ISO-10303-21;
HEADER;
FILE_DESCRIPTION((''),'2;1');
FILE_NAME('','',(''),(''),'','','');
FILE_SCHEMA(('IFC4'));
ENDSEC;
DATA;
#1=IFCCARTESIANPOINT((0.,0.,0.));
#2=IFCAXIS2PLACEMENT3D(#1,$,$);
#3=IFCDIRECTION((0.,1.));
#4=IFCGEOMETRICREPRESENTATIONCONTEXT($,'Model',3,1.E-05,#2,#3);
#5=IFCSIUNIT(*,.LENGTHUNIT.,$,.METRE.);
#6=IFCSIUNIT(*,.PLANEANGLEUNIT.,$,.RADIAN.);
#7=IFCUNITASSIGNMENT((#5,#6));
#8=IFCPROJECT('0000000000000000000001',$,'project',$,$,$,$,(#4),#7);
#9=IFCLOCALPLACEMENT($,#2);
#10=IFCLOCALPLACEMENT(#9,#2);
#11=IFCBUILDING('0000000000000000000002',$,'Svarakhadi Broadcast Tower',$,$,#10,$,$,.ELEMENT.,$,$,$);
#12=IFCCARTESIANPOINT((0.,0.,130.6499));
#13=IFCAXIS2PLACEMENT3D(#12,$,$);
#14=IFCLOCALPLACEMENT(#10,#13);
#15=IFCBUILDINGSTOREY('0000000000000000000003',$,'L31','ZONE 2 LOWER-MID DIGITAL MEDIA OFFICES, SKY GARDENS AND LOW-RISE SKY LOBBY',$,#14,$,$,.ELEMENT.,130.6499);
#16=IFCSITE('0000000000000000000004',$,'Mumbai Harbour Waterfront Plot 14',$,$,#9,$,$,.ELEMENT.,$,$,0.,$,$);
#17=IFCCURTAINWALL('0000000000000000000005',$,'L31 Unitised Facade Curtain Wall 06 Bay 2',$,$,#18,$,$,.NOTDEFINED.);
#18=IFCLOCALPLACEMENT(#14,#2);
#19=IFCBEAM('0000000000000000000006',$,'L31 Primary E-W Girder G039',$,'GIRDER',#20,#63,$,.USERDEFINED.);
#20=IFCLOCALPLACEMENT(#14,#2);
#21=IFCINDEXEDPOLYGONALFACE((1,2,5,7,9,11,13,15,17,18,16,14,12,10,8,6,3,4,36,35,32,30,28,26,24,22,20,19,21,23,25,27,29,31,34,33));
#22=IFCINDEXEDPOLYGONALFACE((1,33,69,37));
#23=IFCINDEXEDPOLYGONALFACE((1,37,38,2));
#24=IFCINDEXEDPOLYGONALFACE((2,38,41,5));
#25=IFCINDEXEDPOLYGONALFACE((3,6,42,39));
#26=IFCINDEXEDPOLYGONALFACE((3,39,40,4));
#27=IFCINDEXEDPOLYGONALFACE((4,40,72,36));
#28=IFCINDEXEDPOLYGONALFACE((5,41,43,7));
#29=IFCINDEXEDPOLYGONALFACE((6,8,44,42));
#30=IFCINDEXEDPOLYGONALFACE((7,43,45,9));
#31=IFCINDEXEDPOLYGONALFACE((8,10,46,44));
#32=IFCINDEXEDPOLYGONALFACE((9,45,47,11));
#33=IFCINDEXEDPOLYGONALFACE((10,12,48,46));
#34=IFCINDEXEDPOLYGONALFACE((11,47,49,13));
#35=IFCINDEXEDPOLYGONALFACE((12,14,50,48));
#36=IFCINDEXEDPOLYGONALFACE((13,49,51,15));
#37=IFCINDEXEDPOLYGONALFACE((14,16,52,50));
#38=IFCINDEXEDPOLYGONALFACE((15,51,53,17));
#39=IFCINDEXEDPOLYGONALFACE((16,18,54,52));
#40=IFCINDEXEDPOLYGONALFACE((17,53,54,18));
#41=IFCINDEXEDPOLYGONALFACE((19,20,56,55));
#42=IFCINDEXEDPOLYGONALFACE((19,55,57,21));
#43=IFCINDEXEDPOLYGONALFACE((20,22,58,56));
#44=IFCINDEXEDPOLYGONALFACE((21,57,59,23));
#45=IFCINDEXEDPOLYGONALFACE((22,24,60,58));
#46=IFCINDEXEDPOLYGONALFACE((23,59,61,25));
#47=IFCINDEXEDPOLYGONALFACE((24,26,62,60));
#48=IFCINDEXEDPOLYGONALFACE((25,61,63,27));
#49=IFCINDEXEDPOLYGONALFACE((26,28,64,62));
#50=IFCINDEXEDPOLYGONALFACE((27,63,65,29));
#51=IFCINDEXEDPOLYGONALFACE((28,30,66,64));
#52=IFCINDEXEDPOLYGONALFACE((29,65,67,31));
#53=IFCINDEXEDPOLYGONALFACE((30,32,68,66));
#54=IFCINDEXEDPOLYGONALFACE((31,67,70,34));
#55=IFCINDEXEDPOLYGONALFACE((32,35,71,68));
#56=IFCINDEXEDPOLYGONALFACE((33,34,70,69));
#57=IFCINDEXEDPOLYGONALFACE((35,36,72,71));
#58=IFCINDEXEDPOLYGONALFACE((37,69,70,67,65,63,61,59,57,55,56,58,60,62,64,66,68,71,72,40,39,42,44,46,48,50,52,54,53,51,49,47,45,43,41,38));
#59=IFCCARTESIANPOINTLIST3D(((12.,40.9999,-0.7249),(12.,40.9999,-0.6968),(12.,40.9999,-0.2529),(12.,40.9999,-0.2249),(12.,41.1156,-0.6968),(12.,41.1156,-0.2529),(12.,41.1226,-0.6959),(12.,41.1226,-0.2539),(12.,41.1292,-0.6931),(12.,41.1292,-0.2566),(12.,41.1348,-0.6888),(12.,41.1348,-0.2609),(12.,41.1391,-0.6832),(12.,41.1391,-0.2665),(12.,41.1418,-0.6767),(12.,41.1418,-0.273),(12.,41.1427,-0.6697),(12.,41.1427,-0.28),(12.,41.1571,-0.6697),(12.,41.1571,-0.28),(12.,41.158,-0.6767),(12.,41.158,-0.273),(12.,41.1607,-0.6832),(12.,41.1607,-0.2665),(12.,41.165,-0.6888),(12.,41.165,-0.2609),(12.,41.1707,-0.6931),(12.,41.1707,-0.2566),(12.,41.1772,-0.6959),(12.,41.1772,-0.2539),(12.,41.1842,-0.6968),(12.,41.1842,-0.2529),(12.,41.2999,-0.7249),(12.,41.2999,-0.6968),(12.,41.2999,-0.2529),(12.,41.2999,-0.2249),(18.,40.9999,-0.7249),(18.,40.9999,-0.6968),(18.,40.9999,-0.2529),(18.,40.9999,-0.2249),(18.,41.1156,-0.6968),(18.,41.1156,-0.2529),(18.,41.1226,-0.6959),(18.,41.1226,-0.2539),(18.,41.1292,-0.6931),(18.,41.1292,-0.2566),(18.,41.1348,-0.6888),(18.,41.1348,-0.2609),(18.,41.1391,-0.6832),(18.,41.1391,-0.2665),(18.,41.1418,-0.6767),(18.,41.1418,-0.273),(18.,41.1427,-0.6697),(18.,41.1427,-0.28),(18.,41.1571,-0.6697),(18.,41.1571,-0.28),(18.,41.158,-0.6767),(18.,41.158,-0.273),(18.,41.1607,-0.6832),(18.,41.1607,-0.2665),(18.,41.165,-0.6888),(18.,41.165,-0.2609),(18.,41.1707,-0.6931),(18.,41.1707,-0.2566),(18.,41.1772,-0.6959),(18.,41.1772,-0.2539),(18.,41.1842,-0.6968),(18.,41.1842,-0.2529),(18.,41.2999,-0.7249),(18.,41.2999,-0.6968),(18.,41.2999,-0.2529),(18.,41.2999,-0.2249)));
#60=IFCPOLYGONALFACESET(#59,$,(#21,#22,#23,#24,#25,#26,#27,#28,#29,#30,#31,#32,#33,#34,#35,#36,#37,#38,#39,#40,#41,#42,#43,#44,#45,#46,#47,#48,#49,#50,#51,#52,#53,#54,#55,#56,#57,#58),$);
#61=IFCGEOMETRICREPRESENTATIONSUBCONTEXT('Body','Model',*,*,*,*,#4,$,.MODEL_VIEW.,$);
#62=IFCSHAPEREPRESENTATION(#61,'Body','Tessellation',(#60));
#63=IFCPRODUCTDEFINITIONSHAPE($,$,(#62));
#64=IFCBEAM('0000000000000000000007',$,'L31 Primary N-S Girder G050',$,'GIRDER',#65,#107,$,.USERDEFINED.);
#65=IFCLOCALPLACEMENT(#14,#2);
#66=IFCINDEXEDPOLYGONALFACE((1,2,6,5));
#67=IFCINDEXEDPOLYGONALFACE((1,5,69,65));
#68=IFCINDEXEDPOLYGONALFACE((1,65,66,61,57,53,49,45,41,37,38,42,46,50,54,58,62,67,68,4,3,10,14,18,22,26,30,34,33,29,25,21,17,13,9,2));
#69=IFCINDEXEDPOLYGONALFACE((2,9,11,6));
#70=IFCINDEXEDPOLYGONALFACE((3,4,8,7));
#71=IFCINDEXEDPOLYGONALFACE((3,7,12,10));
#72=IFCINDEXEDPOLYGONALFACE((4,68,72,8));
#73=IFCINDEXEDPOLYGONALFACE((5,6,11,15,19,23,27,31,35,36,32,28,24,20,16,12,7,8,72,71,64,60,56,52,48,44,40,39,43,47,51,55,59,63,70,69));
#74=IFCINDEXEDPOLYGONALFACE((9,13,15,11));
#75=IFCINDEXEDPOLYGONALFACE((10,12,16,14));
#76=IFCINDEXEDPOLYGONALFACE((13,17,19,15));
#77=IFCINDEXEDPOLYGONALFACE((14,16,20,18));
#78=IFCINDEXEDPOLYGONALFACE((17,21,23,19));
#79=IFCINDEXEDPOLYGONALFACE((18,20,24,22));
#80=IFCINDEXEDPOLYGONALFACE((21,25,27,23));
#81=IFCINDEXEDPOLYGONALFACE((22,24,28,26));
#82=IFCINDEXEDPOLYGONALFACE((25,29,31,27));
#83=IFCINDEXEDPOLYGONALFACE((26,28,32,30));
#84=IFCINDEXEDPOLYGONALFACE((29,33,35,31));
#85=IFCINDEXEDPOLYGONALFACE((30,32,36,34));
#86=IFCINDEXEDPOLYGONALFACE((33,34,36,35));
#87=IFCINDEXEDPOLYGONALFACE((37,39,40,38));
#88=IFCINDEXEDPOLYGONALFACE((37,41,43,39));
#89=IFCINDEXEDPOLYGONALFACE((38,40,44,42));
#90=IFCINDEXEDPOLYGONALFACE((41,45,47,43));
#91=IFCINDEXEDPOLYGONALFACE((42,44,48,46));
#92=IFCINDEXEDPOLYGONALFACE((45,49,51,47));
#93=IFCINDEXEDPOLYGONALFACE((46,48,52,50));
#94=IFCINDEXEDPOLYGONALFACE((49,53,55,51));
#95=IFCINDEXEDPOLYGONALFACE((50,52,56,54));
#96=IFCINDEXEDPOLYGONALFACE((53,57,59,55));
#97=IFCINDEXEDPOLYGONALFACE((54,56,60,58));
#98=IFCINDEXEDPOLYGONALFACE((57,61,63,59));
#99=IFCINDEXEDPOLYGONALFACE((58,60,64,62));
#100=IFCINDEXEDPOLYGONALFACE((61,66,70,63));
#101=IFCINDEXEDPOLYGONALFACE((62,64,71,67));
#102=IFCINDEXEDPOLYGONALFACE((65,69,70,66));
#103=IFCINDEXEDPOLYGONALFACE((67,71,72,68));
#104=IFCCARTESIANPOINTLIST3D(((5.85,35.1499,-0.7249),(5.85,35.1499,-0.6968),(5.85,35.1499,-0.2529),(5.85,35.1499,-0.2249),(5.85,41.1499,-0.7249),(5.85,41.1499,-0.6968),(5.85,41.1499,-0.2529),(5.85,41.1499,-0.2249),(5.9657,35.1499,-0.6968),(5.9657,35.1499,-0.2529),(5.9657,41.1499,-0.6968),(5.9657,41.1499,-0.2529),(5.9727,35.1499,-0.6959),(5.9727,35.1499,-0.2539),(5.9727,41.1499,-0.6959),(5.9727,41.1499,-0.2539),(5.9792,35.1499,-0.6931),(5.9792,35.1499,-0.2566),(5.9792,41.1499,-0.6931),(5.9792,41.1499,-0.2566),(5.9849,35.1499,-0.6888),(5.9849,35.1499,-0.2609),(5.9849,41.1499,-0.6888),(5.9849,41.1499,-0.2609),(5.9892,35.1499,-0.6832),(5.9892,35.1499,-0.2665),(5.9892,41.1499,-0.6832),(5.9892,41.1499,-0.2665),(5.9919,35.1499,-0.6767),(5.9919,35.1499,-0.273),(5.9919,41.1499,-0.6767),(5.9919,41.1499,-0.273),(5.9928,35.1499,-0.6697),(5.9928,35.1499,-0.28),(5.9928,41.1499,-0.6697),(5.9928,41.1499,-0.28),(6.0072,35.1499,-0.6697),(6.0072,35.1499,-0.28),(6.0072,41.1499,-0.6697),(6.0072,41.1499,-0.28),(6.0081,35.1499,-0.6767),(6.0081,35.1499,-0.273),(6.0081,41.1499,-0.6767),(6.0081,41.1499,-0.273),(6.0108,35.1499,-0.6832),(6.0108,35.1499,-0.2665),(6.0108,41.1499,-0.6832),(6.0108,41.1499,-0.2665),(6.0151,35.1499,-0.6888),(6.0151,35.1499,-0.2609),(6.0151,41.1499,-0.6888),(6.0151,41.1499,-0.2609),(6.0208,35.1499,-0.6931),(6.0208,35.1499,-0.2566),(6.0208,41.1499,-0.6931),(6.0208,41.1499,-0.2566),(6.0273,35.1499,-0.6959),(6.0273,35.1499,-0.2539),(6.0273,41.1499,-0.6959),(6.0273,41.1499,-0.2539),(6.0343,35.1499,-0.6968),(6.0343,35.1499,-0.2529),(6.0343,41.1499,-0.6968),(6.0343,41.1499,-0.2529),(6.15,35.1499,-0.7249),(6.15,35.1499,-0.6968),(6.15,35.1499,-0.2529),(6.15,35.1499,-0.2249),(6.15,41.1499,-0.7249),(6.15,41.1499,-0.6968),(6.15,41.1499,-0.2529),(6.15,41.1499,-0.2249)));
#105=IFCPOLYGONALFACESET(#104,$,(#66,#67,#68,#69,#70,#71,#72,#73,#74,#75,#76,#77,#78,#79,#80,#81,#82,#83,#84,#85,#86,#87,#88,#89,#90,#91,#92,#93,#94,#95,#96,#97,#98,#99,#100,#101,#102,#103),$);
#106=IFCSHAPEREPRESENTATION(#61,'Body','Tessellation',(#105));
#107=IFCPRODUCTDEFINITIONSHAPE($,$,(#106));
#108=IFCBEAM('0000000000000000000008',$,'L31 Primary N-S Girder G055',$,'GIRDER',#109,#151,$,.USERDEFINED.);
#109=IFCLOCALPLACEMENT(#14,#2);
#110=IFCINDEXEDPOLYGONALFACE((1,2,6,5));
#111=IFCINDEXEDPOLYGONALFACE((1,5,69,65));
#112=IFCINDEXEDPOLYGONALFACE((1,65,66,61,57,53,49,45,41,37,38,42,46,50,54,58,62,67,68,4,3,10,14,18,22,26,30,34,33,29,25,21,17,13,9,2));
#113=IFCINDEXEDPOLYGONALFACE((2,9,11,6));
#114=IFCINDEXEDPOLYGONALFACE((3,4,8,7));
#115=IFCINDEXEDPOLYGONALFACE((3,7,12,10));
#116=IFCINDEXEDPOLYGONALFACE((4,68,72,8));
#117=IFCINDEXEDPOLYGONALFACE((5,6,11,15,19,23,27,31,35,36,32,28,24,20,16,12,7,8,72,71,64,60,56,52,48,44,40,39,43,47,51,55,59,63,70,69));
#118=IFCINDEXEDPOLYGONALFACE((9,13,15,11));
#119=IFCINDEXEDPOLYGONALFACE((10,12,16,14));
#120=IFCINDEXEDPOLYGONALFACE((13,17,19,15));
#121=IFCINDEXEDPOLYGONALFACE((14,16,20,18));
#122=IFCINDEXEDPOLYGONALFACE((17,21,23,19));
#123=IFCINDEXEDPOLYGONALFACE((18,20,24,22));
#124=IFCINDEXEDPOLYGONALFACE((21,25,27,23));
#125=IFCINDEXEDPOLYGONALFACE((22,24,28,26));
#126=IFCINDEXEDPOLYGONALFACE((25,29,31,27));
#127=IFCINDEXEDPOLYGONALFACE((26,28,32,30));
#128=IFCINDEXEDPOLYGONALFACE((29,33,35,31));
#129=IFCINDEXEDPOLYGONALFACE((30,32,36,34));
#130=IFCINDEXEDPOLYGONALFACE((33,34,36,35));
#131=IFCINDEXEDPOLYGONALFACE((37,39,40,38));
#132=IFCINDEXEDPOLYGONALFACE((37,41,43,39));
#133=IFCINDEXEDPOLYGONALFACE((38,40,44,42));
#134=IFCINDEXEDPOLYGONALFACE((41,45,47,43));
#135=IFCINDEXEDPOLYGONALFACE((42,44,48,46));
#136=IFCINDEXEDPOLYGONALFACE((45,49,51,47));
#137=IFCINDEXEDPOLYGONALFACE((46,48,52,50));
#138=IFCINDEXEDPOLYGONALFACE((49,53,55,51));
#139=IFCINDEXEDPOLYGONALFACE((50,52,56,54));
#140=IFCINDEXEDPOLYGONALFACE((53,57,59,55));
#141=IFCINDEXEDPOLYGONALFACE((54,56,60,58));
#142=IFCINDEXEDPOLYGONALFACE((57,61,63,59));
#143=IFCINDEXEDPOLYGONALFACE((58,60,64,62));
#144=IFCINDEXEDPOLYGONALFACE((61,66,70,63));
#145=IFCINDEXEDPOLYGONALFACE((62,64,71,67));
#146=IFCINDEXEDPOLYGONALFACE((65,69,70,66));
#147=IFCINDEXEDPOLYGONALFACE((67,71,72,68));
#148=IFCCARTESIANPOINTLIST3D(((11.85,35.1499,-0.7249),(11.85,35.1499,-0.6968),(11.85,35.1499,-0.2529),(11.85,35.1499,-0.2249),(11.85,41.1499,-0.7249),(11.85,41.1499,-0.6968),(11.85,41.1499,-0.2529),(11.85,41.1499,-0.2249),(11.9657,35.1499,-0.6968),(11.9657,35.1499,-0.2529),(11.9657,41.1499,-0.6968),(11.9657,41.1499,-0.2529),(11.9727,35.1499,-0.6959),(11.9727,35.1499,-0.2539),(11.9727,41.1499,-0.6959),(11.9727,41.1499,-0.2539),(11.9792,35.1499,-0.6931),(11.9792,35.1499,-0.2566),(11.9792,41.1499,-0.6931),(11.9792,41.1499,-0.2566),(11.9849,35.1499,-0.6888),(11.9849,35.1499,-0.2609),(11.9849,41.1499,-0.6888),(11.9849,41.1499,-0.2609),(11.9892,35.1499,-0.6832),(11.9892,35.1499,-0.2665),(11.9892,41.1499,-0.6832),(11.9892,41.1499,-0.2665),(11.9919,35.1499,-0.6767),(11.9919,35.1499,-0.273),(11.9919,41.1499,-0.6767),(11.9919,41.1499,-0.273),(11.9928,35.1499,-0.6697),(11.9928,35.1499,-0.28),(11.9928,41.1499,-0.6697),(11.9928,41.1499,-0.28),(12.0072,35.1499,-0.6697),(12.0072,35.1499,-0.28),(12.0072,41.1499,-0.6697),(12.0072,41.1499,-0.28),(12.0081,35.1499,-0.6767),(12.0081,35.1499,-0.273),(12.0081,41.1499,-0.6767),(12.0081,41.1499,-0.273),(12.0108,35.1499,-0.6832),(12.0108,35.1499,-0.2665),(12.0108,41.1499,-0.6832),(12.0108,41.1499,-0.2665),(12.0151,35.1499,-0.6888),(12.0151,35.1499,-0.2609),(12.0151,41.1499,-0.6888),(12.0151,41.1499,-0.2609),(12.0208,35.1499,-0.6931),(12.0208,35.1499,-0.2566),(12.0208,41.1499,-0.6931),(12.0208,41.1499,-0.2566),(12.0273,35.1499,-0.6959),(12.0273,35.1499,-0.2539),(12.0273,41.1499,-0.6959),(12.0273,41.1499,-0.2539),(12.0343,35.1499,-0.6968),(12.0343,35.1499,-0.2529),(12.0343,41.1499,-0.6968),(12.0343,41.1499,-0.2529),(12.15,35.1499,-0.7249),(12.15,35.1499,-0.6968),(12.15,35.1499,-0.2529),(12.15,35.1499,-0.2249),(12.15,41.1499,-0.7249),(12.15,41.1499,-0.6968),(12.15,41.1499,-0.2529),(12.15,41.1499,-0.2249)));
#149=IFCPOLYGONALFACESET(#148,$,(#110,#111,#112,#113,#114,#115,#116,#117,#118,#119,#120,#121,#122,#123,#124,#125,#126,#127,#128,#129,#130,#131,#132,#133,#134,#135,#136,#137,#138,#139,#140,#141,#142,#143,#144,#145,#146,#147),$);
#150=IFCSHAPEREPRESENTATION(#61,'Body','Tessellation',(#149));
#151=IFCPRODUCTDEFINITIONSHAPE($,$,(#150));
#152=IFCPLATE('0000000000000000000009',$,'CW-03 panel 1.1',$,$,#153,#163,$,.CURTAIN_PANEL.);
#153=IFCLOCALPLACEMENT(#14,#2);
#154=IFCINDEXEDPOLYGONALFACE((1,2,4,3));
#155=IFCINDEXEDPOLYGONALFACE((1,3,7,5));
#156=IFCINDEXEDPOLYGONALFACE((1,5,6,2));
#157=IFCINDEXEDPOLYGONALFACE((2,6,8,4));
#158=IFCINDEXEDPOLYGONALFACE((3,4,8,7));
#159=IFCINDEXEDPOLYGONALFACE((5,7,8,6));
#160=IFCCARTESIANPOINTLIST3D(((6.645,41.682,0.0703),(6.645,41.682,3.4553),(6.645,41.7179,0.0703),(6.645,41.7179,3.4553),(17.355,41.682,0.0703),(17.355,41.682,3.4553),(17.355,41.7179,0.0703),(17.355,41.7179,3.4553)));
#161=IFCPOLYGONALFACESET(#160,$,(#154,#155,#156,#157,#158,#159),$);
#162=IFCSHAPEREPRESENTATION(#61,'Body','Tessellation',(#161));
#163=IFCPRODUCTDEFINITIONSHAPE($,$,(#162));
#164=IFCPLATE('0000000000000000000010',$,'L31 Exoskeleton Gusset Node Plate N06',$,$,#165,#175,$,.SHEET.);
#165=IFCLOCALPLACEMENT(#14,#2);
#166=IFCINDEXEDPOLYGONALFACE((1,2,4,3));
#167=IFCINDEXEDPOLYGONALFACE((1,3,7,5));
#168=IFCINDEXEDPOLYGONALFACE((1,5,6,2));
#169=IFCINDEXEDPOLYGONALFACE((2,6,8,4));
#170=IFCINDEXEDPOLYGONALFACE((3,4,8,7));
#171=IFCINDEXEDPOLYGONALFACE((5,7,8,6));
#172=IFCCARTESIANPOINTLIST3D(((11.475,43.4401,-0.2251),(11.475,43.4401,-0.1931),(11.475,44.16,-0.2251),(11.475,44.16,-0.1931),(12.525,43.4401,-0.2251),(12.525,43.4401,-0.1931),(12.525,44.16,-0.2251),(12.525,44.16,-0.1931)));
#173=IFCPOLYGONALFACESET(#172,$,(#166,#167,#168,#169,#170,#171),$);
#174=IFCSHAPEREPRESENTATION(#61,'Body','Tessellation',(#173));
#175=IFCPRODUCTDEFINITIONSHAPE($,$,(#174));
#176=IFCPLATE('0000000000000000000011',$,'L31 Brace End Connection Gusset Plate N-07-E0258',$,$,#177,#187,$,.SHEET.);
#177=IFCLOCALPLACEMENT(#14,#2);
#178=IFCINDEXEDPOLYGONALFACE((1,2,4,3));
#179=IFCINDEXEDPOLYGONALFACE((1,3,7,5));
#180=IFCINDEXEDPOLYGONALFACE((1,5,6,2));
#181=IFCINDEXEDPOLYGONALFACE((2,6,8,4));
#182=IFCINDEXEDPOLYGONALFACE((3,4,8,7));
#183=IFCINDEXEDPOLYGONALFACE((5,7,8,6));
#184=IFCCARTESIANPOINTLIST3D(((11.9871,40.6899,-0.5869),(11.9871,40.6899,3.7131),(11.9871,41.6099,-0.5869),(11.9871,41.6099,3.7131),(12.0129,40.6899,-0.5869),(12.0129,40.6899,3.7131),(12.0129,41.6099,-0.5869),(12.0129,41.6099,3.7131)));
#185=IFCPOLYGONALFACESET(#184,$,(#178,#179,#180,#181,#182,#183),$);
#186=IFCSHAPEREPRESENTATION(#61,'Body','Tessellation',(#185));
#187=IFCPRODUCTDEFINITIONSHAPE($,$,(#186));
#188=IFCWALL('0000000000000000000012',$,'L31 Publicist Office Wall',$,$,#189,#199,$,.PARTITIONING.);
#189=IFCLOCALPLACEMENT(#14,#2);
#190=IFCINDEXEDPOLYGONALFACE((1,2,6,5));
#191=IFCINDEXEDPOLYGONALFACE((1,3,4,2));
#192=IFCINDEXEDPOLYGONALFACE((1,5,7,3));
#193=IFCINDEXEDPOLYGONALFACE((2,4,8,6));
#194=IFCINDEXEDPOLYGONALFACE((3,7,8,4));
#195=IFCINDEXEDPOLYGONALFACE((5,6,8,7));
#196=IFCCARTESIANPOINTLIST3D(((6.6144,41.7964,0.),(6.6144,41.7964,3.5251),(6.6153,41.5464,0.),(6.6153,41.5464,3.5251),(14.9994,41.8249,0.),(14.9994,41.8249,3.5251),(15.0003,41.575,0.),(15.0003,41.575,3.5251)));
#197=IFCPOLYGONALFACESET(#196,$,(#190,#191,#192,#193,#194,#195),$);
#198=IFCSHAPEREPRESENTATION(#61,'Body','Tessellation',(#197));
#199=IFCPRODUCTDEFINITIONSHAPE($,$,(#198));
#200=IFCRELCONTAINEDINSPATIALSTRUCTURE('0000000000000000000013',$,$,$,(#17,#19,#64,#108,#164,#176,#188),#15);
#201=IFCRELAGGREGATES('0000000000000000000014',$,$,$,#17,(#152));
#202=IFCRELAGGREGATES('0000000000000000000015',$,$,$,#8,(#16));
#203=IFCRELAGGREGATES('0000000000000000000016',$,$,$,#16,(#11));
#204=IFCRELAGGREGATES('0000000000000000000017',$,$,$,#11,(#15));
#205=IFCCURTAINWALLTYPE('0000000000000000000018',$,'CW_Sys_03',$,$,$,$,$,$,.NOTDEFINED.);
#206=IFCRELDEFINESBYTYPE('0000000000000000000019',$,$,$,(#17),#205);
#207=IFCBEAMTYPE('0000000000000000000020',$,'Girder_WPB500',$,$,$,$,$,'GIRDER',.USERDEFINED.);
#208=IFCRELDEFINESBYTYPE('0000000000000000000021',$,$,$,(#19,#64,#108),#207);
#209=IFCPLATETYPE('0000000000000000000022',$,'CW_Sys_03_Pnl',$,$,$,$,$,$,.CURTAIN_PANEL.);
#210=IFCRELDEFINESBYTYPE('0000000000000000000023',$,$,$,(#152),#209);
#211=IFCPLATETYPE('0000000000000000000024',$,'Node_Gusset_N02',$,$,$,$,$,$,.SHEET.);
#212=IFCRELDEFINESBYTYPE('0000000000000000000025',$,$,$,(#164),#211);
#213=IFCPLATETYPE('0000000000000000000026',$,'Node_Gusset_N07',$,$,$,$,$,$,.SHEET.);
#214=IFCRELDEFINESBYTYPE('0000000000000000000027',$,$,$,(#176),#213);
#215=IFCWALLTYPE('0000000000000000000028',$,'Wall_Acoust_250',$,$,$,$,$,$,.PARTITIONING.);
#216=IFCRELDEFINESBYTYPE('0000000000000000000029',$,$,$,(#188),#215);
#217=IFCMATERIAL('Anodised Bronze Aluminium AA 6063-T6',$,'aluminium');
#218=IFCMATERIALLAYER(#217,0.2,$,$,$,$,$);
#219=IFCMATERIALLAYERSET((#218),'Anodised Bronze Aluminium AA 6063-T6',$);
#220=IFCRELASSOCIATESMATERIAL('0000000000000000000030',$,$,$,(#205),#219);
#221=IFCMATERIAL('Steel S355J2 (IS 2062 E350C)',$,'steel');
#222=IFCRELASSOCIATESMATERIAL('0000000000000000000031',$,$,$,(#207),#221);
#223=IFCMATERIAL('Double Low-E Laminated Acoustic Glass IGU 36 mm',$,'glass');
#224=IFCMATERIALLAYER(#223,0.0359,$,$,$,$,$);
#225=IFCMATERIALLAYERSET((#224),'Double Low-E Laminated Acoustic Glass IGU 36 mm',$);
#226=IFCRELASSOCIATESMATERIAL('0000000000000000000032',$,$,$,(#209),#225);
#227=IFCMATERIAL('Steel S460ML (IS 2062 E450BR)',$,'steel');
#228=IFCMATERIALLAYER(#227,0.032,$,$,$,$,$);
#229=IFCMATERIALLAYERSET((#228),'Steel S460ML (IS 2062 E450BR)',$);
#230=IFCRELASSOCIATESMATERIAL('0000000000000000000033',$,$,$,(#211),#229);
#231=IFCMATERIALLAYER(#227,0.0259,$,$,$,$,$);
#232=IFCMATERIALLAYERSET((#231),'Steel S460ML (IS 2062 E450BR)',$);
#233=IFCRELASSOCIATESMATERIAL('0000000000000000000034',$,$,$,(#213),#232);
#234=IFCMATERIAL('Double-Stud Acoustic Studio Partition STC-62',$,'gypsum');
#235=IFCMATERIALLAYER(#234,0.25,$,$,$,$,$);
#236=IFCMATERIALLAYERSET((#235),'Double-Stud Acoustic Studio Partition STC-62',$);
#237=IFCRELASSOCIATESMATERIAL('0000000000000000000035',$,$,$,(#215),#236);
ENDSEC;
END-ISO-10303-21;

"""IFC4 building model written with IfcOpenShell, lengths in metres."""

from ifc_helpers import new_model, si_unit, direction, frame, frame_2d, origin, origin_2d, place, context, subcontext, project, spatial, rectangle, i_section, extrude, material, layer, layer_set, material_profile, profile_set, type_object, element, aggregate, save


model = new_model("IFC4")

# Units and contexts
model_context = context("Model", 3, precision=1e-05, world=origin(), true_north=direction((0.0, 1.0)))
body_context = subcontext(model_context, "Body", "Model", "MODEL_VIEW")
ifc_project = project(units=[si_unit("LENGTHUNIT", "METRE"), si_unit("PLANEANGLEUNIT", "RADIAN")], contexts=[model_context])

# Site, building, storey
site_placement = place(None, origin())
site = spatial("IfcSite", under=ifc_project, at=site_placement, Name="Mumbai Harbour Waterfront Plot 14", CompositionType="ELEMENT", RefElevation=0.0)
building_placement = place(site_placement, origin())
building = spatial("IfcBuilding", under=site, at=building_placement, Name="Svarakhadi Broadcast Tower", CompositionType="ELEMENT")
storey_placement = place(building_placement, frame((0.0, 0.0, 130.6499)))
storey = spatial("IfcBuildingStorey", under=building, at=storey_placement, Name="L31", Description="ZONE 2 LOWER-MID DIGITAL MEDIA OFFICES, SKY GARDENS AND LOW-RISE SKY LOBBY", CompositionType="ELEMENT", Elevation=130.6499)

# Shared definitions
ifc_material_1 = material(Name="Steel S460ML (IS 2062 E450BR)", Category="steel")

# Shared definitions
ifc_material_2 = material(Name="Steel S355J2 (IS 2062 E350C)", Category="steel")

# Shared definitions
ifc_material_3 = material(Name="Anodised Bronze Aluminium AA 6063-T6", Category="aluminium")
ifc_layer_1 = layer(ifc_material_3, 0.2)
ifc_layer_set_1 = layer_set([ifc_layer_1], Name="Anodised Bronze Aluminium AA 6063-T6")
curtain_wall_type = type_object("IfcCurtainWallType", Name="CW_Sys_03", PredefinedType="NOTDEFINED", material=ifc_layer_set_1)

# Curtain wall
curtain_wall_1_placement = place(storey_placement, origin())
curtain_wall_1 = element("IfcCurtainWall", 1, at=curtain_wall_1_placement, inside=storey, type_object=curtain_wall_type, Name="L31 Unitised Facade Curtain Wall 06 Bay 2", PredefinedType="NOTDEFINED")

# Beams
ifc_material_profile_1 = material_profile(ifc_material_2, i_section(OverallWidth=0.3, OverallDepth=0.5, WebThickness=0.0144, FlangeThickness=0.0281, FilletRadius=0.0271, at=origin_2d()), Name="WPB 500x300x187")
ifc_profile_set_1 = profile_set([ifc_material_profile_1], Name="Steel S355J2 (IS 2062 E350C)")
beam_type_1 = type_object("IfcBeamType", Name="Girder_WPB500", ElementType="GIRDER", PredefinedType="USERDEFINED", material=ifc_profile_set_1)
for number, where, z_axis, x_axis, name in (
    (2, (12.0, 41.1499, -0.4749), (1.0, 0.0, 0.0), (0.0, 1.0, 0.0), "L31 Primary E-W Girder G039"),
    (3, (6.0, 35.1499, -0.4749), (0.0, 1.0, 0.0), (-1.0, 0.0, 0.0), "L31 Primary N-S Girder G050"),
    (4, (12.0, 35.1499, -0.4749), (0.0, 1.0, 0.0), (-1.0, 0.0, 0.0), "L31 Primary N-S Girder G055"),
):
    element("IfcBeam", number, at=place(storey_placement, frame(where, z_axis=z_axis, x_axis=x_axis)), inside=storey, type_object=beam_type_1, Name=name, ObjectType="GIRDER", PredefinedType="USERDEFINED", context=body_context, shape_type="SweptSolid", body=[
        extrude(i_section(OverallWidth=0.3, OverallDepth=0.5, WebThickness=0.0144, FlangeThickness=0.0281, FilletRadius=0.0271, at=origin_2d()), origin(), (0.0, 0.0, 1.0), 6.0),
    ])

# Plate
ifc_material_4 = material(Name="Double Low-E Laminated Acoustic Glass IGU 36 mm", Category="glass")
ifc_layer_2 = layer(ifc_material_4, 0.0359)
ifc_layer_set_2 = layer_set([ifc_layer_2], Name="Double Low-E Laminated Acoustic Glass IGU 36 mm")
plate_type_1 = type_object("IfcPlateType", Name="CW_Sys_03_Pnl", PredefinedType="CURTAIN_PANEL", material=ifc_layer_set_2)
plate_1_placement = place(storey_placement, frame((12.0, 41.7, 0.0703), z_axis=(0.0, 0.0, 1.0), x_axis=(1.0, 0.0, 0.0)))
plate_1 = element("IfcPlate", 5, at=plate_1_placement, type_object=plate_type_1, Name="CW-03 panel 1.1", PredefinedType="CURTAIN_PANEL", context=body_context, shape_type="SweptSolid", body=[
    extrude(rectangle(XDim=10.71, YDim=0.0359, at=origin_2d()), origin(), (0.0, 0.0, 1.0), 3.385),
])
aggregate(curtain_wall_1, [plate_1])

# Plates
ifc_layer_3 = layer(ifc_material_1, 0.032)
ifc_layer_set_3 = layer_set([ifc_layer_3], Name="Steel S460ML (IS 2062 E450BR)")
plate_type_2 = type_object("IfcPlateType", Name="Node_Gusset_N02", PredefinedType="SHEET", material=ifc_layer_set_3)
plate_2_placement = place(storey_placement, frame((12.0, 43.8, -0.2251), z_axis=(0.0, 0.0, 1.0), x_axis=(1.0, 0.0, 0.0)))
element("IfcPlate", 6, at=plate_2_placement, inside=storey, type_object=plate_type_2, Name="L31 Exoskeleton Gusset Node Plate N06", PredefinedType="SHEET", context=body_context, shape_type="SweptSolid", body=[
    extrude(rectangle(XDim=1.05, YDim=0.72, at=origin_2d()), origin(), (0.0, 0.0, 1.0), 0.032),
])
ifc_layer_4 = layer(ifc_material_1, 0.0259)
ifc_layer_set_4 = layer_set([ifc_layer_4], Name="Steel S460ML (IS 2062 E450BR)")
plate_type_3 = type_object("IfcPlateType", Name="Node_Gusset_N07", PredefinedType="SHEET", material=ifc_layer_set_4)
plate_3_placement = place(storey_placement, frame((12.0, 41.1499, -0.5869), z_axis=(0.0, 0.0, 1.0), x_axis=(0.0, 1.0, 0.0)))
element("IfcPlate", 7, at=plate_3_placement, inside=storey, type_object=plate_type_3, Name="L31 Brace End Connection Gusset Plate N-07-E0258", PredefinedType="SHEET", context=body_context, shape_type="SweptSolid", body=[
    extrude(rectangle(XDim=0.9199, YDim=0.0259, at=origin_2d()), origin(), (0.0, 0.0, 1.0), 4.3),
])

# Wall
ifc_material_5 = material(Name="Double-Stud Acoustic Studio Partition STC-62", Category="gypsum")
ifc_layer_5 = layer(ifc_material_5, 0.25)
ifc_layer_set_5 = layer_set([ifc_layer_5], Name="Double-Stud Acoustic Studio Partition STC-62")
wall_type_1 = type_object("IfcWallType", Name="Wall_Acoust_250", PredefinedType="PARTITIONING", material=ifc_layer_set_5)
wall_1_placement = place(storey_placement, frame((6.615, 41.6714, 0.0), z_axis=(0.0, 0.0, 1.0), x_axis=(0.999994, 0.003407, 0.0)))
element("IfcWall", 8, at=wall_1_placement, inside=storey, type_object=wall_type_1, Name="L31 Publicist Office Wall", PredefinedType="PARTITIONING", context=body_context, shape_type="SweptSolid", body=[
    extrude(rectangle(XDim=8.385, YDim=0.25, at=frame_2d((4.1924, 0.0))), origin(), (0.0, 0.0, 1.0), 3.5251),
])

save(model, "model.ifc")
